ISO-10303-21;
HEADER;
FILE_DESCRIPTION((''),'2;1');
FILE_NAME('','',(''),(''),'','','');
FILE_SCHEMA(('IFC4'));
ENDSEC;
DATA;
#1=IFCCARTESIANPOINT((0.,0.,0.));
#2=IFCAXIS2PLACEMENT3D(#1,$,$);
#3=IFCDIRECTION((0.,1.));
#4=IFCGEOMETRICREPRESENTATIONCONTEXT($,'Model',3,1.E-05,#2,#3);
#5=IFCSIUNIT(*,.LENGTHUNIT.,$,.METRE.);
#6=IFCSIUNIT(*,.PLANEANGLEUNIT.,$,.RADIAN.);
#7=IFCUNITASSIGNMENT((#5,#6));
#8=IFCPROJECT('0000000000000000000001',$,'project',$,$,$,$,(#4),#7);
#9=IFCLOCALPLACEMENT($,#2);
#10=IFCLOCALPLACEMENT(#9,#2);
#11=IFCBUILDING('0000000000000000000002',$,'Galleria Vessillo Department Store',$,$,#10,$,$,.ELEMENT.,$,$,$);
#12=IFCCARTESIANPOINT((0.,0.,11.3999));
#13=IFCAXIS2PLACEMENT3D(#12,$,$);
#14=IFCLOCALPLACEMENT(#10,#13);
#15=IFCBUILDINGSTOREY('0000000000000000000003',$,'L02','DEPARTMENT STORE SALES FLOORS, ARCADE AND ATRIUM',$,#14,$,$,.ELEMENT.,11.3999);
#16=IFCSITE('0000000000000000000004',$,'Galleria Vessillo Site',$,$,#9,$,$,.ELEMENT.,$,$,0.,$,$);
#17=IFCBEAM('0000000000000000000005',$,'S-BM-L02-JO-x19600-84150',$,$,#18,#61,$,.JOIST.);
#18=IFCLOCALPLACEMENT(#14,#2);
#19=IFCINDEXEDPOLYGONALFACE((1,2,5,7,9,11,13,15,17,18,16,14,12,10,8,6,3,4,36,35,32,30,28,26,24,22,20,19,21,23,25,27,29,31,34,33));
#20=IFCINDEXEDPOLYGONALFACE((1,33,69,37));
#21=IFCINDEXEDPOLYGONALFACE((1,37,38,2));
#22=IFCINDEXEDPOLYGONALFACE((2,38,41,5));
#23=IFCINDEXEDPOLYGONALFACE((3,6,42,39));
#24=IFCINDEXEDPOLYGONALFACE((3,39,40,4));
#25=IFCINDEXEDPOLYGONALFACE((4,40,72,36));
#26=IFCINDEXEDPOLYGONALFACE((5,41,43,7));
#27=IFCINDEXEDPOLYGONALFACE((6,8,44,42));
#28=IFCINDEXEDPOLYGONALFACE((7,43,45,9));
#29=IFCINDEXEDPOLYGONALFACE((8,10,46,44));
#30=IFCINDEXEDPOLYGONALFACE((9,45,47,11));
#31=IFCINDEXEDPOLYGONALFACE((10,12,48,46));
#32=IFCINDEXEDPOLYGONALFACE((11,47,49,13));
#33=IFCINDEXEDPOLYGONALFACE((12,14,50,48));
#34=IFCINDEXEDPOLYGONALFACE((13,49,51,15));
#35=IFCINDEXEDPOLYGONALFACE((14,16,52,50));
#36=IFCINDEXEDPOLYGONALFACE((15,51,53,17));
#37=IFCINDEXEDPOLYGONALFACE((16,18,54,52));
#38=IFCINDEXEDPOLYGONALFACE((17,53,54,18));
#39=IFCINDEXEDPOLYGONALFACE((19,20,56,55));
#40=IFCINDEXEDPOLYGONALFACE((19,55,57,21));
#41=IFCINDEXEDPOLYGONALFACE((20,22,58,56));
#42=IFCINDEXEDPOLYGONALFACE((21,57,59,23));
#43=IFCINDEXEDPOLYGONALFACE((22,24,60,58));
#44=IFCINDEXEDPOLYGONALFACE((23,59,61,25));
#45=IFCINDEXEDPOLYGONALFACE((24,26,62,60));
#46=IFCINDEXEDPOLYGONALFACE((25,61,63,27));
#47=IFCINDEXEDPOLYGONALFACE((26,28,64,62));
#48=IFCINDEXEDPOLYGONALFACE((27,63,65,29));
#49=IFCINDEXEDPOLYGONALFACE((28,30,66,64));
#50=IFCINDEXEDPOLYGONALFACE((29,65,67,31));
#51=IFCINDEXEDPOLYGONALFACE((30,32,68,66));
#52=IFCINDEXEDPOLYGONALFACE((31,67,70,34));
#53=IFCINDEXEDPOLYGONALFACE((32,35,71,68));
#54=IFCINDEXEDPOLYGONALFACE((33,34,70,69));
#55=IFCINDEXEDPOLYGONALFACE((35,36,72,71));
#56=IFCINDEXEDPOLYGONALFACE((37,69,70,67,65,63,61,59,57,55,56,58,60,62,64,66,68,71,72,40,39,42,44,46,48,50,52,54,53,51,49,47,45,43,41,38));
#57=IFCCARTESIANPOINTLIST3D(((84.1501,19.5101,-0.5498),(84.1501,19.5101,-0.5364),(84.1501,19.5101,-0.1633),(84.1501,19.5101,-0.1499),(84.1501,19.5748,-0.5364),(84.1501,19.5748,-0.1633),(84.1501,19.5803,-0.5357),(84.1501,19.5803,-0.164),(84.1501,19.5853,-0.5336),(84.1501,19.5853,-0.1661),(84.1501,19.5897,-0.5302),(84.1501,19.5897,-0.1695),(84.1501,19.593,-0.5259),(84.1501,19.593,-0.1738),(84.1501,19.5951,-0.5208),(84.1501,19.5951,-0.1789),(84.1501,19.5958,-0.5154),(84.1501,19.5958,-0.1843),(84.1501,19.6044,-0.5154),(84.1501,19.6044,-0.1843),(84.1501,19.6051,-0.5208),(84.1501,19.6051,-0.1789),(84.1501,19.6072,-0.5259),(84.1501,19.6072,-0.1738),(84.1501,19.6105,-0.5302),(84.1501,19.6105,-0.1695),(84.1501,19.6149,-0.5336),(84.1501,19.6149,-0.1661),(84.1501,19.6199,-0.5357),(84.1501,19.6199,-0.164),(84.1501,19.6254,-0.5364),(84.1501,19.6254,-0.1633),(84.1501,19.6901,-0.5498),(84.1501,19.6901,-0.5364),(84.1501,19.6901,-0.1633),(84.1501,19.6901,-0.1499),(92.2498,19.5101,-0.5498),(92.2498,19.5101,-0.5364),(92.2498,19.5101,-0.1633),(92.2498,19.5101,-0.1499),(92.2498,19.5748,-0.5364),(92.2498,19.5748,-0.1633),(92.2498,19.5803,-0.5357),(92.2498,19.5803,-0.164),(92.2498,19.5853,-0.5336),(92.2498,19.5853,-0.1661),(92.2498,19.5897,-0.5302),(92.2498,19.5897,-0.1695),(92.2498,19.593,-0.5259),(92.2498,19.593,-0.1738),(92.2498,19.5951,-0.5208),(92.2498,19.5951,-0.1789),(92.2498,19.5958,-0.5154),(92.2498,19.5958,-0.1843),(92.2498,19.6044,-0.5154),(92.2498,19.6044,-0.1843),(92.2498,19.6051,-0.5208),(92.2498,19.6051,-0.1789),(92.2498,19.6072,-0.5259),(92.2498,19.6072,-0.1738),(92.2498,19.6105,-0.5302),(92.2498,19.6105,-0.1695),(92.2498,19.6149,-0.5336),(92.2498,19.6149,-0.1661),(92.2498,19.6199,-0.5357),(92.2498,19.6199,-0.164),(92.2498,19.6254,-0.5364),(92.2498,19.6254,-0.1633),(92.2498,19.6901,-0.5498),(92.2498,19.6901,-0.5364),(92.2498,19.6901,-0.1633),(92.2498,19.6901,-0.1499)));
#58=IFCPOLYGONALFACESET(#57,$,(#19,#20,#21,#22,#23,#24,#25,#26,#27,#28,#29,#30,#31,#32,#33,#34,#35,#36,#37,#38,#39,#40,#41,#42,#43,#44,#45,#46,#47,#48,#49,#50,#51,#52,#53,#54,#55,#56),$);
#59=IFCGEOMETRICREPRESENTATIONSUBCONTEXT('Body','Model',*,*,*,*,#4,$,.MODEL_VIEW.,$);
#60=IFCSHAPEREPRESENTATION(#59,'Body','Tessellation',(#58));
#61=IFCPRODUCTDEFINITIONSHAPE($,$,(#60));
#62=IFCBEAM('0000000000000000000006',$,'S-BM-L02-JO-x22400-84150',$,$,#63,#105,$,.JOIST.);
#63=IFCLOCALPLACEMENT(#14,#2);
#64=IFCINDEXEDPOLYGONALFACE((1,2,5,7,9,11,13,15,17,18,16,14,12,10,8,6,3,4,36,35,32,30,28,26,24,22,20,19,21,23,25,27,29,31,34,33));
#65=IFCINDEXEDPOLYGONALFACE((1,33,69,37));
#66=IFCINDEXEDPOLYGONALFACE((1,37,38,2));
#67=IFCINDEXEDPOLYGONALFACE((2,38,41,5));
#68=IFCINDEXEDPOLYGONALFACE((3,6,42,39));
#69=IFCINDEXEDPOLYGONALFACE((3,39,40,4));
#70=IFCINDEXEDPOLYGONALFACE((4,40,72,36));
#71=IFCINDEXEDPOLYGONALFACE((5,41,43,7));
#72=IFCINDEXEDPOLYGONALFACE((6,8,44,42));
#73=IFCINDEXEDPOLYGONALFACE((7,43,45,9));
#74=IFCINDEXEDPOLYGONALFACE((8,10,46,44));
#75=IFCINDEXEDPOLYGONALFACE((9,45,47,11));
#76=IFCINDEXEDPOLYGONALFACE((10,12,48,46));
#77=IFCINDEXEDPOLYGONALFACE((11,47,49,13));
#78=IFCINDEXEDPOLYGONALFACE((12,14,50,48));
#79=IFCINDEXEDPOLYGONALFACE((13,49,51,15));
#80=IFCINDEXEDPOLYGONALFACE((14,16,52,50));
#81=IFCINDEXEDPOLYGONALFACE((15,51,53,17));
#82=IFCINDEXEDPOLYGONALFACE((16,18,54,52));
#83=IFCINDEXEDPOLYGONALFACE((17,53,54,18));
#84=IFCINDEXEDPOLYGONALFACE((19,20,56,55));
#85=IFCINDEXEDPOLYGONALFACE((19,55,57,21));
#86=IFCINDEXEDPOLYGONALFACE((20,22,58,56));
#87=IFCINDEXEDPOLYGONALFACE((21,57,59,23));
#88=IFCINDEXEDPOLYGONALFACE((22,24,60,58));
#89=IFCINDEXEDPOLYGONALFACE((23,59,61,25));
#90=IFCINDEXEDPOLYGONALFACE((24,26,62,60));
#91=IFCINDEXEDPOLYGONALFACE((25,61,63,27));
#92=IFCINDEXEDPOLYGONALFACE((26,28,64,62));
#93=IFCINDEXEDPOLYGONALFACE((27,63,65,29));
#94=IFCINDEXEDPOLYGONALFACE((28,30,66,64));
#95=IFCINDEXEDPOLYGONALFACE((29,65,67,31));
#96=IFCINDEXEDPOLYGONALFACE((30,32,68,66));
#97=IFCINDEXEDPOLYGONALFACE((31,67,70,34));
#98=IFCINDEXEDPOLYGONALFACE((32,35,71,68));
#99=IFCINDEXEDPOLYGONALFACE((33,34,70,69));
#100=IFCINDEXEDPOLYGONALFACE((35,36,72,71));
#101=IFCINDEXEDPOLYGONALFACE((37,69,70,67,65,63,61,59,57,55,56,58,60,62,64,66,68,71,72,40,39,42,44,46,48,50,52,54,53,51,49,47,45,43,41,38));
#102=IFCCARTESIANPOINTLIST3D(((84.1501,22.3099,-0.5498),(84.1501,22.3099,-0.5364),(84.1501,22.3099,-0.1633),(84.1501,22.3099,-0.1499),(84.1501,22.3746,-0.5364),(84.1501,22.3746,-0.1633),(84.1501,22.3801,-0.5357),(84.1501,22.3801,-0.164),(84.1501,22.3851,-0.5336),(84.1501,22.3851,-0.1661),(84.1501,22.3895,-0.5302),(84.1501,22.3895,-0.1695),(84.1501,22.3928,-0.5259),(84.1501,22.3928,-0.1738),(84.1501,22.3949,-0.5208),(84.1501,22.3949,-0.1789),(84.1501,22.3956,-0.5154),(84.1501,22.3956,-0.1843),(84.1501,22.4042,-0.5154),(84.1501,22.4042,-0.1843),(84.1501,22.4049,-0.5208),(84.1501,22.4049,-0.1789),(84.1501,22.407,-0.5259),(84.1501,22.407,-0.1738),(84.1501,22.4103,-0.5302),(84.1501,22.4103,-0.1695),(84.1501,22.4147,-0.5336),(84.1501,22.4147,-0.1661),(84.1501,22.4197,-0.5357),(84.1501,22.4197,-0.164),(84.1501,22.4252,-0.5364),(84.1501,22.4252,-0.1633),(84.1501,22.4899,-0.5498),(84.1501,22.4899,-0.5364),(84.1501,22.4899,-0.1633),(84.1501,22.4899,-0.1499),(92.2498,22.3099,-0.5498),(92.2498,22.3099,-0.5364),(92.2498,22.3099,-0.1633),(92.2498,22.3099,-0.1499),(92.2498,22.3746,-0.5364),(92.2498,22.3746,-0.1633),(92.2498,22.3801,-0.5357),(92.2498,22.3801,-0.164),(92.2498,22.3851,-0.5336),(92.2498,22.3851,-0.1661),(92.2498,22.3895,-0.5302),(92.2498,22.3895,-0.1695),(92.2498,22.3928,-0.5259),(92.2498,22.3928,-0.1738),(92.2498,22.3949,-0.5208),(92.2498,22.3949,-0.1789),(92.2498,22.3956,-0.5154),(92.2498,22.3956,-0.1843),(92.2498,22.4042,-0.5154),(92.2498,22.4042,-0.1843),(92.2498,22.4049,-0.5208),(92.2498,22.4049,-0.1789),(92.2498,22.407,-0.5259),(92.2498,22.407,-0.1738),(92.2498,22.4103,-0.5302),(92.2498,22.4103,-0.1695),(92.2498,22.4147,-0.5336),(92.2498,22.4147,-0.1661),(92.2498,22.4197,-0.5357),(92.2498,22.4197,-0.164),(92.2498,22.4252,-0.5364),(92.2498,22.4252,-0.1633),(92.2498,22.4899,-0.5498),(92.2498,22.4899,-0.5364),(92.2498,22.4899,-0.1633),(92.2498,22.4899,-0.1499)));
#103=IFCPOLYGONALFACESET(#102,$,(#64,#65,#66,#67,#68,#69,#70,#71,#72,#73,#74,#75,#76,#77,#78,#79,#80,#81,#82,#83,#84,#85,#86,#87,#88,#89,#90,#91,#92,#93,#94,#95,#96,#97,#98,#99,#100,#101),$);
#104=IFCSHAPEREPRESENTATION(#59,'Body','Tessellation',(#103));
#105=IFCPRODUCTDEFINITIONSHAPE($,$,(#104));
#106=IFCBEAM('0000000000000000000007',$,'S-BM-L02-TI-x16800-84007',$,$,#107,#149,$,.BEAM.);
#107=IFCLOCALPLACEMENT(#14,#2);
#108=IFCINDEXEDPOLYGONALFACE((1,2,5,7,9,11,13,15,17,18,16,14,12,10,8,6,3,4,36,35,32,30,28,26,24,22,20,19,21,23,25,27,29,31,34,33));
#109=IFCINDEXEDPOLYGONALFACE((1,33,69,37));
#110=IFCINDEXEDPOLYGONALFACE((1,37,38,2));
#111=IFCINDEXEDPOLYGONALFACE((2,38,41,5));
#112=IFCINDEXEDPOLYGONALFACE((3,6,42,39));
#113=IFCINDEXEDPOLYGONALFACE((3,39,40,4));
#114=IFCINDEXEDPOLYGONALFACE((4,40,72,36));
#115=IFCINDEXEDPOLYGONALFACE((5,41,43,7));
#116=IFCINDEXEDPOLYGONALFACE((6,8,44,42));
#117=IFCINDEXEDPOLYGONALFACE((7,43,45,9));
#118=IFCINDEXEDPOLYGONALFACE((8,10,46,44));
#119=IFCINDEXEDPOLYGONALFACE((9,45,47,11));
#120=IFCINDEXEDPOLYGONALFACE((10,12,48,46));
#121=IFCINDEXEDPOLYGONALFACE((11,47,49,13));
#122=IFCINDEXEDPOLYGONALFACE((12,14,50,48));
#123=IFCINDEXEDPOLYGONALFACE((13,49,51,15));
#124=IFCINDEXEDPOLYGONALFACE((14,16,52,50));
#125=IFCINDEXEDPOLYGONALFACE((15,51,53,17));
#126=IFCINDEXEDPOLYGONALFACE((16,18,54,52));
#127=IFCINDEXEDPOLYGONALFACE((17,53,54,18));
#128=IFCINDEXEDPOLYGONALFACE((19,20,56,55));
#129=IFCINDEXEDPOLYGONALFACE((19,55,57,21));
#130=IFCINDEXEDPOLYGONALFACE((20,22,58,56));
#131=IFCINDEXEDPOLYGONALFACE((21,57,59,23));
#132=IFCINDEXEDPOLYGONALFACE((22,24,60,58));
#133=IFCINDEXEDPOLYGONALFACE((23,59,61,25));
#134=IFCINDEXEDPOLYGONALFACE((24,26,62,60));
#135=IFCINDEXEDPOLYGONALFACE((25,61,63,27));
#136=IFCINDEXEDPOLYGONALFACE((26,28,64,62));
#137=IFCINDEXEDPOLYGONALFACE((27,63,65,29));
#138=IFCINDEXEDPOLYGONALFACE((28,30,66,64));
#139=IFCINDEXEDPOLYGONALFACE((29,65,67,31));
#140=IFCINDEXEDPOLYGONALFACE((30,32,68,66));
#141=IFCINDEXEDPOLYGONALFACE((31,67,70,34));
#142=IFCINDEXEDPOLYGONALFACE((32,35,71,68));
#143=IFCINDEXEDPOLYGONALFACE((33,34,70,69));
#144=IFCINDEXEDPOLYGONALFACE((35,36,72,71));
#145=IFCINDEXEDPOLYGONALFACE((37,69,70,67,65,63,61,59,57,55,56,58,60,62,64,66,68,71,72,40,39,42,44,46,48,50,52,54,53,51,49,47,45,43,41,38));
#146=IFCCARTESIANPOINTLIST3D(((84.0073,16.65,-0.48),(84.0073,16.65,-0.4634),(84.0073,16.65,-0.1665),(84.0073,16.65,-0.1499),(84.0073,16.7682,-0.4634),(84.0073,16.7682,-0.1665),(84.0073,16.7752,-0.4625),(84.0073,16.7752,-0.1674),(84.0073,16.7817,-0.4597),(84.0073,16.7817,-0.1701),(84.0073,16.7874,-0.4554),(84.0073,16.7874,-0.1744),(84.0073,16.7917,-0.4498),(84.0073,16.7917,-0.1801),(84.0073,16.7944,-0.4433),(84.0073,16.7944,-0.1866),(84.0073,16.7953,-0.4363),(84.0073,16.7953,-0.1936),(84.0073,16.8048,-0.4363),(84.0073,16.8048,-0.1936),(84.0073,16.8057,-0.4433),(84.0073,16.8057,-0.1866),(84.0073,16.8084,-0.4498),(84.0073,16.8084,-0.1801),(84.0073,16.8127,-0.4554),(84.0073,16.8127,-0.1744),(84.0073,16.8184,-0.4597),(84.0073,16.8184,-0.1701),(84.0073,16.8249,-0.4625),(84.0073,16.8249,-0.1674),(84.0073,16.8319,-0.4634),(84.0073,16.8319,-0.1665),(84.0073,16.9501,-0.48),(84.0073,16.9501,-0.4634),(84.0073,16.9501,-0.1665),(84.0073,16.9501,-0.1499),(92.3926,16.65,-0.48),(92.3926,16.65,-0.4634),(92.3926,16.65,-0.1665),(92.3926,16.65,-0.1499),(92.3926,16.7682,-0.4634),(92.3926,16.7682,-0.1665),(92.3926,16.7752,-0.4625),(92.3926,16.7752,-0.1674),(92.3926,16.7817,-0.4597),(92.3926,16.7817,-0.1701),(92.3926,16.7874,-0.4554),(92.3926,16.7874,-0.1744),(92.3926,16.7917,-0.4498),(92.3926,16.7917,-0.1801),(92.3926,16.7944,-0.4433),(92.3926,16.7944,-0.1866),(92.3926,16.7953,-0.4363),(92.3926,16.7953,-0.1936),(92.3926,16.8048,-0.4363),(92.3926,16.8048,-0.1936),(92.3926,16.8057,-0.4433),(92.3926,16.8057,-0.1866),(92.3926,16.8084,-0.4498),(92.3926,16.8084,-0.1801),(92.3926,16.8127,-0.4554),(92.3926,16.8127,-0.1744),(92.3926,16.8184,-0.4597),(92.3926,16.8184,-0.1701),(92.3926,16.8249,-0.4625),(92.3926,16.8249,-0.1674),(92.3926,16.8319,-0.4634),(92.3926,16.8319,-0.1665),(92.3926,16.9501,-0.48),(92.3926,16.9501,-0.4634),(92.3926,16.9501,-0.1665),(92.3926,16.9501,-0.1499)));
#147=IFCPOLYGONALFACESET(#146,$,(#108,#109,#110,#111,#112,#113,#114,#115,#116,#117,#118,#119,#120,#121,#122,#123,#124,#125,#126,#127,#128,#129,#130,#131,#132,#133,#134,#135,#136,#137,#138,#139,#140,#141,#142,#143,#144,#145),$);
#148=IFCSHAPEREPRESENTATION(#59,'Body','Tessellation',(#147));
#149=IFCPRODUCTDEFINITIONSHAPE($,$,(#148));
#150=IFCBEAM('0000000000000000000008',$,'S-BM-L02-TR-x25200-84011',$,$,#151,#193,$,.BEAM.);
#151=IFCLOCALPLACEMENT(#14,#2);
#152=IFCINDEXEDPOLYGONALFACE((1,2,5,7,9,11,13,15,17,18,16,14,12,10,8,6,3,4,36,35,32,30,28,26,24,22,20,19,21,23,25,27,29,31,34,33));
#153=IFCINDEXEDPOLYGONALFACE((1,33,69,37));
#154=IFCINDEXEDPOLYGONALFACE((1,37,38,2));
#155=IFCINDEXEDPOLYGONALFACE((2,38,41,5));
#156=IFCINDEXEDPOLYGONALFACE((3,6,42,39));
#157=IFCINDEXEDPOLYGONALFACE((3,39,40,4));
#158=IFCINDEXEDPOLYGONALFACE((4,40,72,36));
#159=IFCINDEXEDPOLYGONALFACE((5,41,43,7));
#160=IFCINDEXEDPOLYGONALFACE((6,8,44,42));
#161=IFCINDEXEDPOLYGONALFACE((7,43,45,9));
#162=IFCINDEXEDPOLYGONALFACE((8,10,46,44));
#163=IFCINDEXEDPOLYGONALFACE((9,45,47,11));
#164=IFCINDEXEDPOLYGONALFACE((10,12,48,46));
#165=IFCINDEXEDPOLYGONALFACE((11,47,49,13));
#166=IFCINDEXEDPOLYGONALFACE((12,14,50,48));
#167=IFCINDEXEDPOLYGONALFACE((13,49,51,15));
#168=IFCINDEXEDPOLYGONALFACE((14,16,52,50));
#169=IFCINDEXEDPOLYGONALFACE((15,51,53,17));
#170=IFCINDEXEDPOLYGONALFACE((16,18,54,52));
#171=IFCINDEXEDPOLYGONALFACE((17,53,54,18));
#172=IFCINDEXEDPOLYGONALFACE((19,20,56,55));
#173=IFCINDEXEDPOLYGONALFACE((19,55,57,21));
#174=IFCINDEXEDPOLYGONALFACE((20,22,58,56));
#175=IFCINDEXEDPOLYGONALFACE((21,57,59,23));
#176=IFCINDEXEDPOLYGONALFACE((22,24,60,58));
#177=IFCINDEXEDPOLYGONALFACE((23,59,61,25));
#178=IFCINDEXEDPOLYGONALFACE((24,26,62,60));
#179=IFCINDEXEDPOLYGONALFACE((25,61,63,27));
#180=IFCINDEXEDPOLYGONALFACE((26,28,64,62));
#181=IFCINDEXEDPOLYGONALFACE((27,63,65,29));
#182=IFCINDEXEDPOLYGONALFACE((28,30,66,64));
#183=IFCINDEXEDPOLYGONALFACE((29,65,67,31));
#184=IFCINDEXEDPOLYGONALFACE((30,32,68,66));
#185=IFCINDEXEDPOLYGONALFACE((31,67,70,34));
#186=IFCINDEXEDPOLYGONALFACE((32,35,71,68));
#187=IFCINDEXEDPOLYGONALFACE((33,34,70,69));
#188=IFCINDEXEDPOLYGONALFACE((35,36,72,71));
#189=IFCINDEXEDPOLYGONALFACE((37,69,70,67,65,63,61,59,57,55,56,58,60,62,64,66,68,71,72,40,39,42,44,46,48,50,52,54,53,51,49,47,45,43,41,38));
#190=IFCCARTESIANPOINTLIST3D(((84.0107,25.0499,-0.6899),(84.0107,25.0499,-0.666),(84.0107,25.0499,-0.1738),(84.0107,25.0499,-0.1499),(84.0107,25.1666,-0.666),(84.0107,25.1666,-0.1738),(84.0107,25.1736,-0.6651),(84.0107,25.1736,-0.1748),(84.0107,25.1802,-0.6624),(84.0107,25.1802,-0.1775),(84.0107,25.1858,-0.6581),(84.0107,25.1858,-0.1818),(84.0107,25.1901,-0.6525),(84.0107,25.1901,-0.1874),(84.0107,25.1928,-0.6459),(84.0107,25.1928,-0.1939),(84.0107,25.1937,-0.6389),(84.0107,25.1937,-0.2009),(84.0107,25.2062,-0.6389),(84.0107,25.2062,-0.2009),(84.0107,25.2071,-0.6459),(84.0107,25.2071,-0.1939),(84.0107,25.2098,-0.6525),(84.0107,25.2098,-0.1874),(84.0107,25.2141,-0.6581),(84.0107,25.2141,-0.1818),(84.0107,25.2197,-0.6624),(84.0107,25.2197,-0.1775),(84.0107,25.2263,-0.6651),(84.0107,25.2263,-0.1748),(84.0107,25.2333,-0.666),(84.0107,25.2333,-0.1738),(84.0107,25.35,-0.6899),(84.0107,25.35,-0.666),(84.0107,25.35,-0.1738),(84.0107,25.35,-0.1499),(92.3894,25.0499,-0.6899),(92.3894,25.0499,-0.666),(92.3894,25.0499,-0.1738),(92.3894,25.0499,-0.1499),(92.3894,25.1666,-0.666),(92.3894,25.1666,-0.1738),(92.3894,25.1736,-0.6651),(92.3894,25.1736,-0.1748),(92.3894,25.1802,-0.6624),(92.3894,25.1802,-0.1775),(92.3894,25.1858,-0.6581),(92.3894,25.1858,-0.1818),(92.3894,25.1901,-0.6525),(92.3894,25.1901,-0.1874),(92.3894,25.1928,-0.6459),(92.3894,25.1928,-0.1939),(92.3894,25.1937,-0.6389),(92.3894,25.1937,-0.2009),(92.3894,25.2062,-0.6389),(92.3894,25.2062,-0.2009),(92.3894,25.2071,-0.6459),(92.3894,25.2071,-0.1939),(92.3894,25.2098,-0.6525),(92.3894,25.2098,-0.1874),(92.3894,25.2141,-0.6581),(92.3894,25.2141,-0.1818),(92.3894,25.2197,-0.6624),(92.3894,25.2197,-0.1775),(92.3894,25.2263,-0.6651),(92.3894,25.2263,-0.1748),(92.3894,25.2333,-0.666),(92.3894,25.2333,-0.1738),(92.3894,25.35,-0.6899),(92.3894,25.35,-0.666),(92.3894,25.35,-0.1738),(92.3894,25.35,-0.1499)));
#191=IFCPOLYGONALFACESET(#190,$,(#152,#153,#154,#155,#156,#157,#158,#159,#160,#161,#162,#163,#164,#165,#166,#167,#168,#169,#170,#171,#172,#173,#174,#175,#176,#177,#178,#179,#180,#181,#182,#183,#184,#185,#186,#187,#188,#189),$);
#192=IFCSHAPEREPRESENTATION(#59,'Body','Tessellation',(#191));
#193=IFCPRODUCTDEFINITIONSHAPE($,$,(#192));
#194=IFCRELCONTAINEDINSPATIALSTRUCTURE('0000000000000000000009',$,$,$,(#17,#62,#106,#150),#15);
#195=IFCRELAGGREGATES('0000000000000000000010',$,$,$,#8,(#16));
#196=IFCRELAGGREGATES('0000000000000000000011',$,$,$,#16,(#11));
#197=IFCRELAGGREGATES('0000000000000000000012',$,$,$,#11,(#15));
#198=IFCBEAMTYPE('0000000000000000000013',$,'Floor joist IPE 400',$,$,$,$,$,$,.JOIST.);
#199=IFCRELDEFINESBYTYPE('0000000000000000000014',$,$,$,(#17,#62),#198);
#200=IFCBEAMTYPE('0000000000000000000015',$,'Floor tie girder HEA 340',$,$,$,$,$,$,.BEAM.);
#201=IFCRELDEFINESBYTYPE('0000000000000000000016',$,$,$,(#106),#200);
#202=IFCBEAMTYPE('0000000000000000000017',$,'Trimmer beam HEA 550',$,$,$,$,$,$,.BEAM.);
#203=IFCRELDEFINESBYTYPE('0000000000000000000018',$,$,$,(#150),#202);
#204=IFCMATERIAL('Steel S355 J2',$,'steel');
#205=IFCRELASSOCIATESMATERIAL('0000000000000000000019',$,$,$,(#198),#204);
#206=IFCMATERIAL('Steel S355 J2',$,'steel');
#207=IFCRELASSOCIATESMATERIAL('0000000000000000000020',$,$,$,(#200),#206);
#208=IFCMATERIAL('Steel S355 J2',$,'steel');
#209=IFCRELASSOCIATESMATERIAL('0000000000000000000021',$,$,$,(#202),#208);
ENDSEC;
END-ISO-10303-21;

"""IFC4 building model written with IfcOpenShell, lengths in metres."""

from ifc_helpers import new_model, si_unit, direction, frame, origin, origin_2d, place, context, subcontext, project, spatial, i_section, extrude, material, material_profile, profile_set, type_object, element, save


model = new_model("IFC4")

# Units and contexts
model_context = context("Model", 3, precision=1e-05, world=origin(), true_north=direction((0.0, 1.0)))
body_context = subcontext(model_context, "Body", "Model", "MODEL_VIEW")
ifc_project = project(units=[si_unit("LENGTHUNIT", "METRE"), si_unit("PLANEANGLEUNIT", "RADIAN")], contexts=[model_context])

# Site, building, storey
site_placement = place(None, origin())
site = spatial("IfcSite", under=ifc_project, at=site_placement, Name="Galleria Vessillo Site", CompositionType="ELEMENT", RefElevation=0.0)
building_placement = place(site_placement, origin())
building = spatial("IfcBuilding", under=site, at=building_placement, Name="Galleria Vessillo Department Store", CompositionType="ELEMENT")
storey_placement = place(building_placement, frame((0.0, 0.0, 11.3999)))
storey = spatial("IfcBuildingStorey", under=building, at=storey_placement, Name="L02", Description="DEPARTMENT STORE SALES FLOORS, ARCADE AND ATRIUM", CompositionType="ELEMENT", Elevation=11.3999)

# Beams
ifc_material_1 = material(Name="Steel S355 J2", Category="steel")
ifc_material_profile_1 = material_profile(ifc_material_1, i_section(OverallWidth=0.1799, OverallDepth=0.3999, WebThickness=0.0085, FlangeThickness=0.0134, FilletRadius=0.021, at=origin_2d()), Name="IPE 400")
ifc_profile_set_1 = profile_set([ifc_material_profile_1], Name="Steel S355 J2")
beam_type_1 = type_object("IfcBeamType", Name="Floor joist IPE 400", PredefinedType="JOIST", material=ifc_profile_set_1)
for number, where, z_axis, x_axis, name in (
    (1, (84.1501, 19.6001, -0.3499), (1.0, 0.0, 0.0), (0.0, 1.0, 0.0), "S-BM-L02-JO-x19600-84150"),
    (2, (84.1501, 22.3999, -0.3499), (1.0, 0.0, 0.0), (0.0, 1.0, 0.0), "S-BM-L02-JO-x22400-84150"),
):
    element("IfcBeam", number, at=place(storey_placement, frame(where, z_axis=z_axis, x_axis=x_axis)), inside=storey, type_object=beam_type_1, Name=name, PredefinedType="JOIST", context=body_context, shape_type="SweptSolid", body=[
        extrude(i_section(OverallWidth=0.1799, OverallDepth=0.3999, WebThickness=0.0085, FlangeThickness=0.0134, FilletRadius=0.021, at=origin_2d()), origin(), (0.0, 0.0, 1.0), 8.0996),
    ])
ifc_material_2 = material(Name="Steel S355 J2", Category="steel")
ifc_material_profile_2 = material_profile(ifc_material_2, i_section(OverallWidth=0.3, OverallDepth=0.3301, WebThickness=0.0095, FlangeThickness=0.0166, FilletRadius=0.0271, at=origin_2d()), Name="HEA 340")
ifc_profile_set_2 = profile_set([ifc_material_profile_2], Name="Steel S355 J2")
beam_type_2 = type_object("IfcBeamType", Name="Floor tie girder HEA 340", PredefinedType="BEAM", material=ifc_profile_set_2)
beam_1_placement = place(storey_placement, frame((84.0073, 16.8, -0.3149), z_axis=(1.0, 0.0, 0.0), x_axis=(0.0, 1.0, 0.0)))
element("IfcBeam", 3, at=beam_1_placement, inside=storey, type_object=beam_type_2, Name="S-BM-L02-TI-x16800-84007", PredefinedType="BEAM", context=body_context, shape_type="SweptSolid", body=[
    extrude(i_section(OverallWidth=0.3, OverallDepth=0.3301, WebThickness=0.0095, FlangeThickness=0.0166, FilletRadius=0.0271, at=origin_2d()), origin(), (0.0, 0.0, 1.0), 8.3853),
])
ifc_material_3 = material(Name="Steel S355 J2", Category="steel")
ifc_material_profile_3 = material_profile(ifc_material_3, i_section(OverallWidth=0.3, OverallDepth=0.54, WebThickness=0.0125, FlangeThickness=0.0239, FilletRadius=0.0271, at=origin_2d()), Name="HEA 550")
ifc_profile_set_3 = profile_set([ifc_material_profile_3], Name="Steel S355 J2")
beam_type_3 = type_object("IfcBeamType", Name="Trimmer beam HEA 550", PredefinedType="BEAM", material=ifc_profile_set_3)
beam_2_placement = place(storey_placement, frame((84.0107, 25.2, -0.4199), z_axis=(1.0, 0.0, 0.0), x_axis=(0.0, 1.0, 0.0)))
element("IfcBeam", 4, at=beam_2_placement, inside=storey, type_object=beam_type_3, Name="S-BM-L02-TR-x25200-84011", PredefinedType="BEAM", context=body_context, shape_type="SweptSolid", body=[
    extrude(i_section(OverallWidth=0.3, OverallDepth=0.54, WebThickness=0.0125, FlangeThickness=0.0239, FilletRadius=0.0271, at=origin_2d()), origin(), (0.0, 0.0, 1.0), 8.3787),
])

save(model, "model.ifc")
